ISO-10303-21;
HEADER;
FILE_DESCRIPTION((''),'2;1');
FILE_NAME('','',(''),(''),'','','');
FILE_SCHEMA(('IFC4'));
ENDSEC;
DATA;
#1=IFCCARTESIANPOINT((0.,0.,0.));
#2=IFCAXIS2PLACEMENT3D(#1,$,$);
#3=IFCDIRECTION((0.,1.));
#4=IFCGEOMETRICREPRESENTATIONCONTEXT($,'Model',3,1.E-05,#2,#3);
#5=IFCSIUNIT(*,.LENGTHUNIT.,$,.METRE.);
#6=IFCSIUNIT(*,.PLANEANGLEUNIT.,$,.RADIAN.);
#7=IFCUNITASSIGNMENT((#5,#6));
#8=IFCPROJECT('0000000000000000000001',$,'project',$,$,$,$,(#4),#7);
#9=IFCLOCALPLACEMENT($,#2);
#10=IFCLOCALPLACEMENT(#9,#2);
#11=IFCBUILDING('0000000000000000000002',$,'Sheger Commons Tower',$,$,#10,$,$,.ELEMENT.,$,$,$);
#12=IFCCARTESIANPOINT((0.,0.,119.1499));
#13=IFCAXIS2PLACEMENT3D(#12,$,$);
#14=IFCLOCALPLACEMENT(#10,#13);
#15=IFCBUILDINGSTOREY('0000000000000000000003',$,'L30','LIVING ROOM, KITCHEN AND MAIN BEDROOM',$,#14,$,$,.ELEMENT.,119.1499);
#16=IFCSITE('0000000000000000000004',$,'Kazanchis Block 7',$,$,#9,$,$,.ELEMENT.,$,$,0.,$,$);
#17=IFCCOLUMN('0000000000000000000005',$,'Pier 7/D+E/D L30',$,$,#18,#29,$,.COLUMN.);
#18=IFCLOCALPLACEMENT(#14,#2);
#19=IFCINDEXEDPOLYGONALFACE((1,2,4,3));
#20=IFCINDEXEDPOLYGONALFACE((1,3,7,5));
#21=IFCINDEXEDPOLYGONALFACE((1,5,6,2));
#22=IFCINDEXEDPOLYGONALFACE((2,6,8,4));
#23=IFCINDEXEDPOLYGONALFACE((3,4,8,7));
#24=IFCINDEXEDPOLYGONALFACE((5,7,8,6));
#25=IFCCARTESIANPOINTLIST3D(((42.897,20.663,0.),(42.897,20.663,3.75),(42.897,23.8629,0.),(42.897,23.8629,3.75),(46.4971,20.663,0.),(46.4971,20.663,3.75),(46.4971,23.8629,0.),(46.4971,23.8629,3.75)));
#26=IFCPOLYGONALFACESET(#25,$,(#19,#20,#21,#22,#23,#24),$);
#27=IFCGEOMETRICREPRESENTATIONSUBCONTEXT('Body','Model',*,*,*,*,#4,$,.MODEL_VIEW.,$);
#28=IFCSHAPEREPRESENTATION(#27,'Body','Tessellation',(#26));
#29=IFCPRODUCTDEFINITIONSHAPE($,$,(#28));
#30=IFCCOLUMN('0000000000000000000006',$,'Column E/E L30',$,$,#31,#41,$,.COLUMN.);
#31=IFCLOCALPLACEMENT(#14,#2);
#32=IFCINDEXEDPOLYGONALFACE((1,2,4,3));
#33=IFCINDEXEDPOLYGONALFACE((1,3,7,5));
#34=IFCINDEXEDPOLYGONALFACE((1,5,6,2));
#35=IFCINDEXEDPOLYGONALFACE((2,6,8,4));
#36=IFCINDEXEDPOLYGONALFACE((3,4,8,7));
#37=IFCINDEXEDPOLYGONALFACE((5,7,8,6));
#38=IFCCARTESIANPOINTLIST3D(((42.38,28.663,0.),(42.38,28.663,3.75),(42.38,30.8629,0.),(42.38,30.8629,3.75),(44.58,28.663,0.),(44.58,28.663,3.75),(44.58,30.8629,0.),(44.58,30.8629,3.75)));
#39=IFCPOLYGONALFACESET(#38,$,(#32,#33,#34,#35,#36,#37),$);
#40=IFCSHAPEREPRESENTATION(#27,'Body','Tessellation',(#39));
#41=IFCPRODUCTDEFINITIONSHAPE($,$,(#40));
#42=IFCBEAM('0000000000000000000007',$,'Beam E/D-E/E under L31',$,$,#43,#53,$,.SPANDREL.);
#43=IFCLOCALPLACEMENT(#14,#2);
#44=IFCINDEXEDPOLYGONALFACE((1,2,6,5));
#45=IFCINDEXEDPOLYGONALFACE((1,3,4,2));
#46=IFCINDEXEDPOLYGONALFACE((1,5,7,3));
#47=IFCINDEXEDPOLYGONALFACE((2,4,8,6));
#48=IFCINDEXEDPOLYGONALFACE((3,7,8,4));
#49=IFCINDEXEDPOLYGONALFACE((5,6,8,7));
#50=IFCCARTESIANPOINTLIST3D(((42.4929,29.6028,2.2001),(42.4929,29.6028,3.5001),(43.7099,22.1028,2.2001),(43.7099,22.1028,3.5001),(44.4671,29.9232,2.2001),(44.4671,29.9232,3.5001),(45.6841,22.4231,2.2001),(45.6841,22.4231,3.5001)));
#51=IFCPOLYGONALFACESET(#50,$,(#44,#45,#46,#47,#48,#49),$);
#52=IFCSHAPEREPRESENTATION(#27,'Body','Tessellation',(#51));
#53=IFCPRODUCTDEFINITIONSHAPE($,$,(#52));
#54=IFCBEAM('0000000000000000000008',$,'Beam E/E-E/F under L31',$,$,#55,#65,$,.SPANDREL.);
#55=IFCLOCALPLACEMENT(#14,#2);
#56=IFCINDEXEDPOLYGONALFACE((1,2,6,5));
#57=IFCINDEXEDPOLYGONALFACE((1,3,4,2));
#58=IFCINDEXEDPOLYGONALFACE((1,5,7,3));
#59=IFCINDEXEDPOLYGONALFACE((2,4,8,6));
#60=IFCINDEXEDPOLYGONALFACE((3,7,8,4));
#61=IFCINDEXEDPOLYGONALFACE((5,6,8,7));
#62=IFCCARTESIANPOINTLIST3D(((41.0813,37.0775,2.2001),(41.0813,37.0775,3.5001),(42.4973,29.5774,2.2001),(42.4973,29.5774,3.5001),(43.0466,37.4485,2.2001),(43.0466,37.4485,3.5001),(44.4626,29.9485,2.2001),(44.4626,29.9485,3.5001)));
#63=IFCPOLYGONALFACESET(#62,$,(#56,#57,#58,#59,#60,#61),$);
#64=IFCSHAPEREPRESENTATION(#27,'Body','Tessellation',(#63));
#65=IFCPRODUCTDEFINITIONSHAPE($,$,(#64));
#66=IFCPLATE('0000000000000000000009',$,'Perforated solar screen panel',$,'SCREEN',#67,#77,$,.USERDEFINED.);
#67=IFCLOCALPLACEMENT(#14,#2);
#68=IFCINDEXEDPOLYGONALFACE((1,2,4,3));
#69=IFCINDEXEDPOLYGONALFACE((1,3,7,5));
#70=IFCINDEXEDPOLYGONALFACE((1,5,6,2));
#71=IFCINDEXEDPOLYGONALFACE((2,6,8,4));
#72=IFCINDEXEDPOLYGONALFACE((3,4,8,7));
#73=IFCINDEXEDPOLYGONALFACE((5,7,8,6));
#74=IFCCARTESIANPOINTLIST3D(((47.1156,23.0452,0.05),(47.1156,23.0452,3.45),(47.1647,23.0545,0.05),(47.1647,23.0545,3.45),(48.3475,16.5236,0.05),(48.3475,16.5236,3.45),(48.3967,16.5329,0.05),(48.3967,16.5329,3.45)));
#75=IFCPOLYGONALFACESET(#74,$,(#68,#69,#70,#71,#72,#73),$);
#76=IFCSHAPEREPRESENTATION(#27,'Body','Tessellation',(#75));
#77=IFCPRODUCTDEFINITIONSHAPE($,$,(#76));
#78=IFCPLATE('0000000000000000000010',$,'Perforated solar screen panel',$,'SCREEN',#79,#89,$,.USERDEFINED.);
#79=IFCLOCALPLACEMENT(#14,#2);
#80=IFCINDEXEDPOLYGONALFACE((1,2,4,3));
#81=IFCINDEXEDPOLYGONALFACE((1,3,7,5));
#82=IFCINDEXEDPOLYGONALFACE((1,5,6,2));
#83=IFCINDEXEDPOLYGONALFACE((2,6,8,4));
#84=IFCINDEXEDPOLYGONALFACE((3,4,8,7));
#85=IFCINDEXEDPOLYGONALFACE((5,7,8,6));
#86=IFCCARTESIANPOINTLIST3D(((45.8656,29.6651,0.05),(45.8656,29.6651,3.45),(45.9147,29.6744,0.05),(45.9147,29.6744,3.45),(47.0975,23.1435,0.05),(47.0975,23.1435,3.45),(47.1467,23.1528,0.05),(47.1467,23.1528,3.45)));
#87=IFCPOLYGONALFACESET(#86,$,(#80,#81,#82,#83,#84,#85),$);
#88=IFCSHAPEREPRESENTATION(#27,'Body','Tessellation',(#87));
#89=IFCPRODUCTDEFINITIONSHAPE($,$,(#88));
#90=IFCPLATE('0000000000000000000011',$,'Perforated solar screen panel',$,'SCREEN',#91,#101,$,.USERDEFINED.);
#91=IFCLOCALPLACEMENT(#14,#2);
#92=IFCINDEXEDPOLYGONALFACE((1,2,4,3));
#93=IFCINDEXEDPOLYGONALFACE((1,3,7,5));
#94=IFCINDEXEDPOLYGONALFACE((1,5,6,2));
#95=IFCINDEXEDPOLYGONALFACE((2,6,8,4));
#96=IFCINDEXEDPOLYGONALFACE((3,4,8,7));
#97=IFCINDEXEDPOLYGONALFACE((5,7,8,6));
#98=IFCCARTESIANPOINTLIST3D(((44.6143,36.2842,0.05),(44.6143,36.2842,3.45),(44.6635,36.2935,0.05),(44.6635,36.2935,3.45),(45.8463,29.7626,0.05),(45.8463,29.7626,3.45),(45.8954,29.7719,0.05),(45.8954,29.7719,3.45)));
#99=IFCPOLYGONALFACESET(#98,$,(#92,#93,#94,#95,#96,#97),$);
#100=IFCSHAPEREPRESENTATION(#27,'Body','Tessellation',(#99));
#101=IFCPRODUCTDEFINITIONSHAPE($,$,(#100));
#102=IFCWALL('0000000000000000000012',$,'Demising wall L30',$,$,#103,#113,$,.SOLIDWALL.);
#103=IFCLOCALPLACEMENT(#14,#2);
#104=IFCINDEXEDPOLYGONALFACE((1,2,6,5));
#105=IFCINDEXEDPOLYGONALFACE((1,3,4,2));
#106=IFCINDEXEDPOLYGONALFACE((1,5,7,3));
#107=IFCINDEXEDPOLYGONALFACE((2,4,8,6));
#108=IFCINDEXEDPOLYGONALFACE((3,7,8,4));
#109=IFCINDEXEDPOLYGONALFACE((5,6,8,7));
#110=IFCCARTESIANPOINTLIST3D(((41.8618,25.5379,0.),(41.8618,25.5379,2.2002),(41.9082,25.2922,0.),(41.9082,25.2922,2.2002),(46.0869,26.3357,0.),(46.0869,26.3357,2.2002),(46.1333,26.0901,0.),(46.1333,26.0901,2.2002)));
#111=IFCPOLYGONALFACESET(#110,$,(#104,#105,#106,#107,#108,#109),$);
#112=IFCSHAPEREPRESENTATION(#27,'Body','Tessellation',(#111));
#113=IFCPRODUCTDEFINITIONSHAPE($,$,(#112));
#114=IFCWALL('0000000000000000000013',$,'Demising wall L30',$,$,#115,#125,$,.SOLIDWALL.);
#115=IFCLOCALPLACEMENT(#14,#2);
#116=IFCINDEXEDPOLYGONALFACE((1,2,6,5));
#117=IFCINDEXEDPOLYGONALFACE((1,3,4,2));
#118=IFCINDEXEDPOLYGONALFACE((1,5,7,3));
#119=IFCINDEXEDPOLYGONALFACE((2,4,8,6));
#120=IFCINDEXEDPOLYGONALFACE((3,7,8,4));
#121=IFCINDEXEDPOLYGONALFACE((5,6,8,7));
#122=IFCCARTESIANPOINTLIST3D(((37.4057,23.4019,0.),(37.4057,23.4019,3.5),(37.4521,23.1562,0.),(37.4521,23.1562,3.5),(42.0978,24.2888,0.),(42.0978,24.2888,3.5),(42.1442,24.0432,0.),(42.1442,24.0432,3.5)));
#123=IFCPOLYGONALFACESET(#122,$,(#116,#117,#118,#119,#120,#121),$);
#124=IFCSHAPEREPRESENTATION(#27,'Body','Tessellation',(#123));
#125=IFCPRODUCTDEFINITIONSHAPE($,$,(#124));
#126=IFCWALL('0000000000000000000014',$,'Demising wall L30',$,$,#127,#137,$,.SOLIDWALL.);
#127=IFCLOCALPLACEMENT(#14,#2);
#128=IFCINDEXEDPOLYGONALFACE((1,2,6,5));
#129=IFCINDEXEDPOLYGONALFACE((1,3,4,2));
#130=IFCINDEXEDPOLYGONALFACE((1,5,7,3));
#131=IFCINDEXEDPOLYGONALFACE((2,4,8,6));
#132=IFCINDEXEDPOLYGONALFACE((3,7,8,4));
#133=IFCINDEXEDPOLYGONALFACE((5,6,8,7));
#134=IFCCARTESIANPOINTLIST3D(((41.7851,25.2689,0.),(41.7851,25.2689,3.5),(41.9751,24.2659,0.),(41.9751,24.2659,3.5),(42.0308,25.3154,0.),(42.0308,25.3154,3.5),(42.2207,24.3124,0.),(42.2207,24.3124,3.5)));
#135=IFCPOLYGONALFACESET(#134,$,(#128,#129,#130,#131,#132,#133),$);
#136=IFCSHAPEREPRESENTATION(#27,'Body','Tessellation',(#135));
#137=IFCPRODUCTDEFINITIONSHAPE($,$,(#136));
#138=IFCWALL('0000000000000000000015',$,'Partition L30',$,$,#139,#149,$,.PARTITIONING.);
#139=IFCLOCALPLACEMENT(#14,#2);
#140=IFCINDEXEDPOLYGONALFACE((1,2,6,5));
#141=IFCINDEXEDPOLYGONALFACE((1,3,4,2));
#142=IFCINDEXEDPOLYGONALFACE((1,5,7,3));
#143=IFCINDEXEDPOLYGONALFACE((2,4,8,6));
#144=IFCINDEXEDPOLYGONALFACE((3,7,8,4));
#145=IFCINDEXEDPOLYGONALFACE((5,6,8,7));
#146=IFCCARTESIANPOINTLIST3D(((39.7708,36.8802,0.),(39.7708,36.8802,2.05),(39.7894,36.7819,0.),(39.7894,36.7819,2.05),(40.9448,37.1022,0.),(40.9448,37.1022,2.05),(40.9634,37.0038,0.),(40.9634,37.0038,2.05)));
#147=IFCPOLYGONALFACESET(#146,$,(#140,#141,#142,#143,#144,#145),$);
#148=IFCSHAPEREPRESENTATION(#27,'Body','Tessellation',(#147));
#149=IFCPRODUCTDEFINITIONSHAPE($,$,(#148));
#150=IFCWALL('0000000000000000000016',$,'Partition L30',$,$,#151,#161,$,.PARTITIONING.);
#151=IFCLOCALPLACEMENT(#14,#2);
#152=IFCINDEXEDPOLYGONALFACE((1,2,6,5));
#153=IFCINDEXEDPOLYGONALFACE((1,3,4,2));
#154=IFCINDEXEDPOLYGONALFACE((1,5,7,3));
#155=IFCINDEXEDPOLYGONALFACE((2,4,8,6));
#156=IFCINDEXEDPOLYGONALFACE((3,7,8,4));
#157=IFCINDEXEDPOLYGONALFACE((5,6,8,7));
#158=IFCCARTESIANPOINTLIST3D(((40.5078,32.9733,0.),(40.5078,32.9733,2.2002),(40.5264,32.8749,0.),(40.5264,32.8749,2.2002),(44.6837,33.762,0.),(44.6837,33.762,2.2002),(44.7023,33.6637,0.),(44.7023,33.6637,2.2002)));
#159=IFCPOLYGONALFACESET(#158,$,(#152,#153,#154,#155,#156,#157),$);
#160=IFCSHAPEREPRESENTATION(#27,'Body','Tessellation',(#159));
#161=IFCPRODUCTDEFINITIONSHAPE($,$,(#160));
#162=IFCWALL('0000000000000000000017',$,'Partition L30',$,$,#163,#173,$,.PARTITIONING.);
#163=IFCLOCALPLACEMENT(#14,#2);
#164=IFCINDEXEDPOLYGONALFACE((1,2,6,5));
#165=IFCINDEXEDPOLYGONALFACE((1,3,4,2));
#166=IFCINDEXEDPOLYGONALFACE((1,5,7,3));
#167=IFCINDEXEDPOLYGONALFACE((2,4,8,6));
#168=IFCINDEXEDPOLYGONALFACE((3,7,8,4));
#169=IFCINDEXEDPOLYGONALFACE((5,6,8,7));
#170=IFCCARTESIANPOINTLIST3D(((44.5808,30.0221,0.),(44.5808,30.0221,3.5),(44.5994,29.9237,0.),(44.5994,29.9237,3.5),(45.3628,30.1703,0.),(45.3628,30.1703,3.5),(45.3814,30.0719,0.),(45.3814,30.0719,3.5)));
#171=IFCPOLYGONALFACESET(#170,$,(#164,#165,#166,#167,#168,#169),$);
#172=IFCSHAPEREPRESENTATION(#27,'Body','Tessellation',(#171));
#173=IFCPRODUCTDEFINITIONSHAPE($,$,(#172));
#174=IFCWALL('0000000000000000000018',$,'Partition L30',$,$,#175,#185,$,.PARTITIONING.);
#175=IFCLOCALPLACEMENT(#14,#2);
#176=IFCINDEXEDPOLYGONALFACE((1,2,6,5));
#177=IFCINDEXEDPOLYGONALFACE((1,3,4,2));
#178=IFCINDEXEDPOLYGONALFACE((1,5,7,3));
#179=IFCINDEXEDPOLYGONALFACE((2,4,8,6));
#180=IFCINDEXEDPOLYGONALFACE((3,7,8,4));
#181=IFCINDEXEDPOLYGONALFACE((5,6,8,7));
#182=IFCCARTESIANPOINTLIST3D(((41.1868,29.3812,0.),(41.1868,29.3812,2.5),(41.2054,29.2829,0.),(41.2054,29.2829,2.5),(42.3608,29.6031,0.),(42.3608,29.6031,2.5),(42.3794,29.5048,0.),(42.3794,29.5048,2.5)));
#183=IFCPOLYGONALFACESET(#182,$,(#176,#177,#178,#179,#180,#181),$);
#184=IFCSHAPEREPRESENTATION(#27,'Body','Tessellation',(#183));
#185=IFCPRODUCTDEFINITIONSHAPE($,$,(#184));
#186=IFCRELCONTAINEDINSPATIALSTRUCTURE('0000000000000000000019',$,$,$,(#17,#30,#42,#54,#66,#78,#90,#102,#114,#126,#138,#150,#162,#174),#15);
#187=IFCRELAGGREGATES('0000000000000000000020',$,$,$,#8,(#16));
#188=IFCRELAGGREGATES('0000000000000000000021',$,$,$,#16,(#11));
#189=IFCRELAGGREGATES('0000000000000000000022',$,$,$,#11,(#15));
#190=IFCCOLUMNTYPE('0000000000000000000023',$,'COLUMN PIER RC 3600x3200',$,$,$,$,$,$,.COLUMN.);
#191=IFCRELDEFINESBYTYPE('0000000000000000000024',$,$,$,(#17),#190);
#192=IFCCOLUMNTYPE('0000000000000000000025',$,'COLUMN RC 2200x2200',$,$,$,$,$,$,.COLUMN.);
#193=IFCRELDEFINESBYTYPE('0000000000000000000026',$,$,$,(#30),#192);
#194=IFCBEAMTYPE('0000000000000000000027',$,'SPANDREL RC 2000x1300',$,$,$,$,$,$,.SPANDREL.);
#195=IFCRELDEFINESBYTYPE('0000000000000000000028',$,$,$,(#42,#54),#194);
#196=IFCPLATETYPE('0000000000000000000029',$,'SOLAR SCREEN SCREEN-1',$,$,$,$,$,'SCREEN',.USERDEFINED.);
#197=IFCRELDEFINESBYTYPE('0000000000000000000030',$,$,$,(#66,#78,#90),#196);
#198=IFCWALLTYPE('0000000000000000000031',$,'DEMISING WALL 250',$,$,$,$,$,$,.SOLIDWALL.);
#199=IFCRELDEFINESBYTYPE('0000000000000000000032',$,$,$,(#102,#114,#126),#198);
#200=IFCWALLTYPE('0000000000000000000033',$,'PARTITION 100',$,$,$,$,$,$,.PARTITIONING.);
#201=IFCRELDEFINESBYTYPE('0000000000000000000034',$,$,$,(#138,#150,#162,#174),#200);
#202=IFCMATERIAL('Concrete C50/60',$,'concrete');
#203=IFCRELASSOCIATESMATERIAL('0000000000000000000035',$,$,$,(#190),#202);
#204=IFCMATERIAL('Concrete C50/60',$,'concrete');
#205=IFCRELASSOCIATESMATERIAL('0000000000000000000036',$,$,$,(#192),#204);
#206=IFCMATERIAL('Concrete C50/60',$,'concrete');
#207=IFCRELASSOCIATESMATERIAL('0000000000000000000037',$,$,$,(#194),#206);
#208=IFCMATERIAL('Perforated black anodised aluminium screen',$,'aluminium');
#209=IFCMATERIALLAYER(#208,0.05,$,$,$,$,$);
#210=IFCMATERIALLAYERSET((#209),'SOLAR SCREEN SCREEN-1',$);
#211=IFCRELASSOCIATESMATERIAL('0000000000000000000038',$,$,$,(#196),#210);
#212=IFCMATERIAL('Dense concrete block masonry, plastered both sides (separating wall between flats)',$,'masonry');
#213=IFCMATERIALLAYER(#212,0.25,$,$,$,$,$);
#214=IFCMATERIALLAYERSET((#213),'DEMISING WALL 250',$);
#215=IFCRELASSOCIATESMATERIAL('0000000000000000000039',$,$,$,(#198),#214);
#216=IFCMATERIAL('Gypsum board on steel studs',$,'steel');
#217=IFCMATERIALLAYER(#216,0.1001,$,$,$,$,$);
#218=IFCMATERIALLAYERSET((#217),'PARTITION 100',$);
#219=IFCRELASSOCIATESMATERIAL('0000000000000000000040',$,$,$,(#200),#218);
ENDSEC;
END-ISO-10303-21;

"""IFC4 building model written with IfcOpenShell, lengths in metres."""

from ifc_helpers import new_model, si_unit, direction, frame, frame_2d, origin, origin_2d, place, context, subcontext, project, spatial, rectangle, extrude, material, layer, layer_set, material_profile, profile_set, type_object, element, save


model = new_model("IFC4")

# Units and contexts
model_context = context("Model", 3, precision=1e-05, world=origin(), true_north=direction((0.0, 1.0)))
body_context = subcontext(model_context, "Body", "Model", "MODEL_VIEW")
ifc_project = project(units=[si_unit("LENGTHUNIT", "METRE"), si_unit("PLANEANGLEUNIT", "RADIAN")], contexts=[model_context])

# Site, building, storey
site_placement = place(None, origin())
site = spatial("IfcSite", under=ifc_project, at=site_placement, Name="Kazanchis Block 7", CompositionType="ELEMENT", RefElevation=0.0)
building_placement = place(site_placement, origin())
building = spatial("IfcBuilding", under=site, at=building_placement, Name="Sheger Commons Tower", CompositionType="ELEMENT")
storey_placement = place(building_placement, frame((0.0, 0.0, 119.1499)))
storey = spatial("IfcBuildingStorey", under=building, at=storey_placement, Name="L30", Description="LIVING ROOM, KITCHEN AND MAIN BEDROOM", CompositionType="ELEMENT", Elevation=119.1499)

# Columns
ifc_material_1 = material(Name="Concrete C50/60", Category="concrete")
ifc_material_profile_1 = material_profile(ifc_material_1, rectangle(XDim=3.6001, YDim=3.2, at=origin_2d()), Name="RC 3600x3200")
ifc_profile_set_1 = profile_set([ifc_material_profile_1], Name="Concrete C50/60")
column_type_1 = type_object("IfcColumnType", Name="COLUMN PIER RC 3600x3200", PredefinedType="COLUMN", material=ifc_profile_set_1)
column_1_placement = place(storey_placement, frame((44.697, 22.2629, 0.0), z_axis=(0.0, 0.0, 1.0), x_axis=(1.0, 0.0, 0.0)))
element("IfcColumn", 1, at=column_1_placement, inside=storey, type_object=column_type_1, Name="Pier 7/D+E/D L30", PredefinedType="COLUMN", context=body_context, shape_type="SweptSolid", body=[
    extrude(rectangle(XDim=3.6001, YDim=3.2, at=origin_2d()), origin(), (0.0, 0.0, 1.0), 3.75),
])
ifc_material_2 = material(Name="Concrete C50/60", Category="concrete")
ifc_material_profile_2 = material_profile(ifc_material_2, rectangle(XDim=2.2, YDim=2.2, at=origin_2d()), Name="RC 2200x2200")
ifc_profile_set_2 = profile_set([ifc_material_profile_2], Name="Concrete C50/60")
column_type_2 = type_object("IfcColumnType", Name="COLUMN RC 2200x2200", PredefinedType="COLUMN", material=ifc_profile_set_2)
column_2_placement = place(storey_placement, frame((43.48, 29.7629, 0.0), z_axis=(0.0, 0.0, 1.0), x_axis=(1.0, 0.0, 0.0)))
element("IfcColumn", 2, at=column_2_placement, inside=storey, type_object=column_type_2, Name="Column E/E L30", PredefinedType="COLUMN", context=body_context, shape_type="SweptSolid", body=[
    extrude(rectangle(XDim=2.2, YDim=2.2, at=origin_2d()), origin(), (0.0, 0.0, 1.0), 3.75),
])

# Beams
ifc_material_3 = material(Name="Concrete C50/60", Category="concrete")
ifc_material_profile_3 = material_profile(ifc_material_3, rectangle(XDim=2.0, YDim=1.3, at=origin_2d()), Name="RC 2000x1300")
ifc_profile_set_3 = profile_set([ifc_material_profile_3], Name="Concrete C50/60")
beam_type = type_object("IfcBeamType", Name="SPANDREL RC 2000x1300", PredefinedType="SPANDREL", material=ifc_profile_set_3)
beam_1_placement = place(storey_placement, frame((44.697, 22.2629, 2.8501), z_axis=(-0.160177, 0.987088, 0.0), x_axis=(-0.987088, -0.160177, 0.0)))
element("IfcBeam", 3, at=beam_1_placement, inside=storey, type_object=beam_type, Name="Beam E/D-E/E under L31", PredefinedType="SPANDREL", context=body_context, shape_type="SweptSolid", body=[
    extrude(rectangle(XDim=2.0, YDim=1.3, at=origin_2d()), origin(), (0.0, 0.0, 1.0), 7.5981),
])
beam_2_placement = place(storey_placement, frame((43.48, 29.7629, 2.8501), z_axis=(-0.185524, 0.98264, 0.0), x_axis=(-0.98264, -0.185524, 0.0)))
element("IfcBeam", 4, at=beam_2_placement, inside=storey, type_object=beam_type, Name="Beam E/E-E/F under L31", PredefinedType="SPANDREL", context=body_context, shape_type="SweptSolid", body=[
    extrude(rectangle(XDim=2.0, YDim=1.3, at=origin_2d()), origin(), (0.0, 0.0, 1.0), 7.6326),
])

# Plates
ifc_material_4 = material(Name="Perforated black anodised aluminium screen", Category="aluminium")
ifc_layer_1 = layer(ifc_material_4, 0.05)
ifc_layer_set_1 = layer_set([ifc_layer_1], Name="SOLAR SCREEN SCREEN-1")
plate_type = type_object("IfcPlateType", Name="SOLAR SCREEN SCREEN-1", ElementType="SCREEN", PredefinedType="USERDEFINED", material=ifc_layer_set_1)
for number, where, z_axis, x_axis, name in (
    (5, (47.7561, 19.7891, 0.05), (0.0, 0.0, 1.0), (-0.185615, 0.982623, 0.0), "Perforated solar screen panel"),
    (6, (46.5061, 26.4089, 0.05), (0.0, 0.0, 1.0), (-0.185615, 0.982623, 0.0), "Perforated solar screen panel"),
    (7, (45.2549, 33.0281, 0.05), (0.0, 0.0, 1.0), (-0.185615, 0.982623, 0.0), "Perforated solar screen panel"),
):
    element("IfcPlate", number, at=place(storey_placement, frame(where, z_axis=z_axis, x_axis=x_axis)), inside=storey, type_object=plate_type, Name=name, ObjectType="SCREEN", PredefinedType="USERDEFINED", context=body_context, shape_type="SweptSolid", body=[
        extrude(rectangle(XDim=6.637, YDim=0.05, at=origin_2d()), origin(), (0.0, 0.0, 1.0), 3.3999),
    ])

# Walls
ifc_material_5 = material(Name="Dense concrete block masonry, plastered both sides (separating wall between flats)", Category="masonry")
ifc_layer_2 = layer(ifc_material_5, 0.25)
ifc_layer_set_2 = layer_set([ifc_layer_2], Name="DEMISING WALL 250")
wall_type_1 = type_object("IfcWallType", Name="DEMISING WALL 250", PredefinedType="SOLIDWALL", material=ifc_layer_set_2)
wall_1_placement = place(storey_placement, frame((46.1101, 26.2129, 0.0), z_axis=(0.0, 0.0, 1.0), x_axis=(-0.982634, -0.185557, 0.0)))
element("IfcWall", 8, at=wall_1_placement, inside=storey, type_object=wall_type_1, Name="Demising wall L30", PredefinedType="SOLIDWALL", context=body_context, shape_type="SweptSolid", body=[
    extrude(rectangle(XDim=4.2998, YDim=0.25, at=frame_2d((2.1499, 0.0))), origin(), (0.0, 0.0, 1.0), 2.2002),
])
wall_2_placement = place(storey_placement, frame((42.1211, 24.166, 0.0), z_axis=(0.0, 0.0, 1.0), x_axis=(-0.982599, -0.185742, 0.0)))
element("IfcWall", 9, at=wall_2_placement, inside=storey, type_object=wall_type_1, Name="Demising wall L30", PredefinedType="SOLIDWALL", context=body_context, shape_type="SweptSolid", body=[
    extrude(rectangle(XDim=4.7751, YDim=0.25, at=frame_2d((2.3877, 0.0))), origin(), (0.0, 0.0, 1.0), 3.5),
])
wall_3_placement = place(storey_placement, frame((41.908, 25.292, 0.0), z_axis=(0.0, 0.0, 1.0), x_axis=(0.186079, -0.982535, 0.0)))
element("IfcWall", 10, at=wall_3_placement, inside=storey, type_object=wall_type_1, Name="Demising wall L30", PredefinedType="SOLIDWALL", context=body_context, shape_type="SweptSolid", body=[
    extrude(rectangle(XDim=1.0208, YDim=0.25, at=frame_2d((0.5103, 0.0))), origin(), (0.0, 0.0, 1.0), 3.5),
])
ifc_material_6 = material(Name="Gypsum board on steel studs", Category="steel")
ifc_layer_3 = layer(ifc_material_6, 0.1001)
ifc_layer_set_3 = layer_set([ifc_layer_3], Name="PARTITION 100")
wall_type_2 = type_object("IfcWallType", Name="PARTITION 100", PredefinedType="PARTITIONING", material=ifc_layer_set_3)
wall_4_placement = place(storey_placement, frame((40.9541, 37.053, 0.0), z_axis=(0.0, 0.0, 1.0), x_axis=(-0.9826, -0.185732, 0.0)))
element("IfcWall", 11, at=wall_4_placement, inside=storey, type_object=wall_type_2, Name="Partition L30", PredefinedType="PARTITIONING", context=body_context, shape_type="SweptSolid", body=[
    extrude(rectangle(XDim=1.1948, YDim=0.1001, at=frame_2d((0.5974, 0.0))), origin(), (0.0, 0.0, 1.0), 2.05),
])
wall_5_placement = place(storey_placement, frame((44.6931, 33.7129, 0.0), z_axis=(0.0, 0.0, 1.0), x_axis=(-0.982624, -0.18561, 0.0)))
element("IfcWall", 12, at=wall_5_placement, inside=storey, type_object=wall_type_2, Name="Partition L30", PredefinedType="PARTITIONING", context=body_context, shape_type="SweptSolid", body=[
    extrude(rectangle(XDim=4.2498, YDim=0.1001, at=frame_2d((2.125, 0.0))), origin(), (0.0, 0.0, 1.0), 2.2002),
])
wall_6_placement = place(storey_placement, frame((45.3721, 30.1211, 0.0), z_axis=(0.0, 0.0, 1.0), x_axis=(-0.982513, -0.186196, 0.0)))
element("IfcWall", 13, at=wall_6_placement, inside=storey, type_object=wall_type_2, Name="Partition L30", PredefinedType="PARTITIONING", context=body_context, shape_type="SweptSolid", body=[
    extrude(rectangle(XDim=0.7959, YDim=0.1001, at=frame_2d((0.3979, 0.0))), origin(), (0.0, 0.0, 1.0), 3.5),
])
wall_7_placement = place(storey_placement, frame((42.3701, 29.554, 0.0), z_axis=(0.0, 0.0, 1.0), x_axis=(-0.9826, -0.185732, 0.0)))
element("IfcWall", 14, at=wall_7_placement, inside=storey, type_object=wall_type_2, Name="Partition L30", PredefinedType="PARTITIONING", context=body_context, shape_type="SweptSolid", body=[
    extrude(rectangle(XDim=1.1948, YDim=0.1001, at=frame_2d((0.5974, 0.0))), origin(), (0.0, 0.0, 1.0), 2.5),
])

save(model, "model.ifc")
